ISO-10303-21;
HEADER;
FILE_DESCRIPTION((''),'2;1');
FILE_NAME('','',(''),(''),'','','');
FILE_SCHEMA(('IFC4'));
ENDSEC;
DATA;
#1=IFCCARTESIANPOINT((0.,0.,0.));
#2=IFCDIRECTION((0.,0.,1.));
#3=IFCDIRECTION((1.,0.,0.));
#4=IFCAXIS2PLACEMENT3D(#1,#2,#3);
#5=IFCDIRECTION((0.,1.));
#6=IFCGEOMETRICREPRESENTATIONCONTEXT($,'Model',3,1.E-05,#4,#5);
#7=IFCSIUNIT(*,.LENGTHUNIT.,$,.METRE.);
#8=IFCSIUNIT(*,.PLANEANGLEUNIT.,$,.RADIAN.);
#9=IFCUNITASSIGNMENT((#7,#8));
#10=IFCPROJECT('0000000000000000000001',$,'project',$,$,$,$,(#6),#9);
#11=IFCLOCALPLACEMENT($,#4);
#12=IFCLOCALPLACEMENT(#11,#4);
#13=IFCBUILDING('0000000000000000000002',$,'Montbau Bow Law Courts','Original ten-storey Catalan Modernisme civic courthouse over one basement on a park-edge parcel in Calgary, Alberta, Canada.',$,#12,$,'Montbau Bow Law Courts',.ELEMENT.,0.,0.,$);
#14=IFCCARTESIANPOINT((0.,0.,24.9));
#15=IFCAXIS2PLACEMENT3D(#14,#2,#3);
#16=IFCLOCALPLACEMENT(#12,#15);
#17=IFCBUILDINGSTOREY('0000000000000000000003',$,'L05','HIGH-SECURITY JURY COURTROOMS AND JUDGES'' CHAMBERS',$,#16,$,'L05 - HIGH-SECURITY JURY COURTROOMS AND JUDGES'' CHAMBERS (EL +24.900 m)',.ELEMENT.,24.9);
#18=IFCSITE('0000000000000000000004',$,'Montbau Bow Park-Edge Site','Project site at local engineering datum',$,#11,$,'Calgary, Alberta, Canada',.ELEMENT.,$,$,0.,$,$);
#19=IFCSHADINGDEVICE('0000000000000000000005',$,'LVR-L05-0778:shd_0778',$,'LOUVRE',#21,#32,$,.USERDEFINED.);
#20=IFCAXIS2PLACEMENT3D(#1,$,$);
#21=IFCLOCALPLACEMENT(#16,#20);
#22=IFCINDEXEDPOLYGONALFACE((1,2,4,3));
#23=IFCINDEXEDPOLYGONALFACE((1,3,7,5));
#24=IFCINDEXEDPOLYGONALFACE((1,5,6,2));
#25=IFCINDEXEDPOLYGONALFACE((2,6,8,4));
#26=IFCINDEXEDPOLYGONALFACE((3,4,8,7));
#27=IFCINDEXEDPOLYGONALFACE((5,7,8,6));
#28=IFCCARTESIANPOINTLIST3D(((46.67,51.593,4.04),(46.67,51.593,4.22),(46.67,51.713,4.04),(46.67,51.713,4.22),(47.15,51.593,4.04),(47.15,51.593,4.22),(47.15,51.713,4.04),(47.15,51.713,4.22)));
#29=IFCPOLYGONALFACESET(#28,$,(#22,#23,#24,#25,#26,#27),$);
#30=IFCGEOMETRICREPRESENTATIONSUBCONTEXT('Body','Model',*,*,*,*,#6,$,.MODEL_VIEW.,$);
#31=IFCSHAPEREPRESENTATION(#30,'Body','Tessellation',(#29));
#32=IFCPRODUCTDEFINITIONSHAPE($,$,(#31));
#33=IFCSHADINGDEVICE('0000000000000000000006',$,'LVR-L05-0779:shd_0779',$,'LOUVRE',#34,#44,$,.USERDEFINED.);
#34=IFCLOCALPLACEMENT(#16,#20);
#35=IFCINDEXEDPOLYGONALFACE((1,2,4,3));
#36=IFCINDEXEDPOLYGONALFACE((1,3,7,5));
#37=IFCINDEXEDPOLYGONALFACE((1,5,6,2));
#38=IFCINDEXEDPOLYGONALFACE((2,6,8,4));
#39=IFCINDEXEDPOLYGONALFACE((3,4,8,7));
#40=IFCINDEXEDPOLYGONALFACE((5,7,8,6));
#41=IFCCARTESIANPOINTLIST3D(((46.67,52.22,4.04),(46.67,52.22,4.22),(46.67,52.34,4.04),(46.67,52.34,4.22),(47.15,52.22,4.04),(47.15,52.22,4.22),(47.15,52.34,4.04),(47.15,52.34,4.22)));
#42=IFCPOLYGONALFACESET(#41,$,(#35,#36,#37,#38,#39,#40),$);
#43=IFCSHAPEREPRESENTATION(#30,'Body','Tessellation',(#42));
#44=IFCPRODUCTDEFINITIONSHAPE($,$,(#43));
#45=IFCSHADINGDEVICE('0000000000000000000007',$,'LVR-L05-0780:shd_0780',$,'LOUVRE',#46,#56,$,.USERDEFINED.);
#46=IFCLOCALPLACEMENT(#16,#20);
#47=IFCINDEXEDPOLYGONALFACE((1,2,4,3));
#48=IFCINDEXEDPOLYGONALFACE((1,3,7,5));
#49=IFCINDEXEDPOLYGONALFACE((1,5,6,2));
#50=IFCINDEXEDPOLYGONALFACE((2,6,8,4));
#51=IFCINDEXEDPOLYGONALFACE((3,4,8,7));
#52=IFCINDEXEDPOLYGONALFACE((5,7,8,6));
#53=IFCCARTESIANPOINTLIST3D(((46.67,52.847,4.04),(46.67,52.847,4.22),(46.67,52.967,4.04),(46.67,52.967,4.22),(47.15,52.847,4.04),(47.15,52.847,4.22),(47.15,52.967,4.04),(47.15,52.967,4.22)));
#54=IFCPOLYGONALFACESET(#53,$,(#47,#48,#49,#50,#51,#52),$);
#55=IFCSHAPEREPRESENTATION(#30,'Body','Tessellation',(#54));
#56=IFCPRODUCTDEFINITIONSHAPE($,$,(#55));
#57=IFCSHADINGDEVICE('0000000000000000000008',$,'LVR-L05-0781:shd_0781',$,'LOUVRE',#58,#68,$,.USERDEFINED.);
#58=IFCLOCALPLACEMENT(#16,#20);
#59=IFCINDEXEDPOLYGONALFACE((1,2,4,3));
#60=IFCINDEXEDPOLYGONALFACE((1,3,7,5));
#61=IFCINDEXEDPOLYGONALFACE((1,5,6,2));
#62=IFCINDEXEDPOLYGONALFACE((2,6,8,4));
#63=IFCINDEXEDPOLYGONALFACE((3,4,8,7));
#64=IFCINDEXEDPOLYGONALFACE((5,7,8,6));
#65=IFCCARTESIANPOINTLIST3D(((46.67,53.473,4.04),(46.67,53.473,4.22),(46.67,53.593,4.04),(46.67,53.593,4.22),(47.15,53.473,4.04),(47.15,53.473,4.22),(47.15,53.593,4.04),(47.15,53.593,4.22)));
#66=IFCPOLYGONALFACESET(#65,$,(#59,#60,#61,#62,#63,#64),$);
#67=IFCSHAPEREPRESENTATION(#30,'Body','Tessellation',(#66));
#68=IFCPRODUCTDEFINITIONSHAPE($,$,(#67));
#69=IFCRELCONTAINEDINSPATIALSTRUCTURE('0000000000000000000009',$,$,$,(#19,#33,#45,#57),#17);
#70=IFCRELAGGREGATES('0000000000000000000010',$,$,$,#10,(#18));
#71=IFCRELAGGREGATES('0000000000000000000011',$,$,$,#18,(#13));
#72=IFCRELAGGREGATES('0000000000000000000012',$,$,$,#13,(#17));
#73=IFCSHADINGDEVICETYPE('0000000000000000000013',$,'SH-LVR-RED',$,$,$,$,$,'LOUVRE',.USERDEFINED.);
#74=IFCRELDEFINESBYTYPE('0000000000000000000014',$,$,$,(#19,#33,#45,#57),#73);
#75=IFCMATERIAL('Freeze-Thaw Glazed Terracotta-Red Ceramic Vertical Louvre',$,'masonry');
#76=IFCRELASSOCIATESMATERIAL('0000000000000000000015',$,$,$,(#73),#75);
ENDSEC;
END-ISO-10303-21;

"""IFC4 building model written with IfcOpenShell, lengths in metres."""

from ifc_helpers import new_model, si_unit, direction, frame, origin_with_axes, origin_2d_with_axis, place, context, subcontext, project, spatial, rectangle, extrude, material, type_object, element, save


model = new_model("IFC4")

# Units and contexts
model_context = context("Model", 3, precision=1e-05, world=origin_with_axes(), true_north=direction((0.0, 1.0)))
body_context = subcontext(model_context, "Body", "Model", "MODEL_VIEW")
ifc_project = project(units=[si_unit("LENGTHUNIT", "METRE"), si_unit("PLANEANGLEUNIT", "RADIAN")], contexts=[model_context])

# Site, building, storey
site_placement = place(None, origin_with_axes())
site = spatial("IfcSite", under=ifc_project, at=site_placement, Name="Montbau Bow Park-Edge Site", Description="Project site at local engineering datum", LongName="Calgary, Alberta, Canada", CompositionType="ELEMENT", RefElevation=0.0)
building_placement = place(site_placement, origin_with_axes())
building = spatial("IfcBuilding", under=site, at=building_placement, Name="Montbau Bow Law Courts", Description="Original ten-storey Catalan Modernisme civic courthouse over one basement on a park-edge parcel in Calgary, Alberta, Canada.", LongName="Montbau Bow Law Courts", CompositionType="ELEMENT", ElevationOfRefHeight=0.0, ElevationOfTerrain=0.0)
storey_placement = place(building_placement, frame((0.0, 0.0, 24.9), z_axis=(0.0, 0.0, 1.0), x_axis=(1.0, 0.0, 0.0)))
storey = spatial("IfcBuildingStorey", under=building, at=storey_placement, Name="L05", Description="HIGH-SECURITY JURY COURTROOMS AND JUDGES' CHAMBERS", LongName="L05 - HIGH-SECURITY JURY COURTROOMS AND JUDGES' CHAMBERS (EL +24.900 m)", CompositionType="ELEMENT", Elevation=24.9)

# Shading devices
ifc_material_1 = material(Name="Freeze-Thaw Glazed Terracotta-Red Ceramic Vertical Louvre", Category="masonry")
shading_device_type = type_object("IfcShadingDeviceType", Name="SH-LVR-RED", ElementType="LOUVRE", PredefinedType="USERDEFINED", material=ifc_material_1)
for number, where, z_axis, x_axis, name in (
    (1, (46.91, 51.653, 28.94), (0.0, 0.0, 1.0), (1.0, 0.0, 0.0), "LVR-L05-0778:shd_0778"),
    (2, (46.91, 52.28, 28.94), (0.0, 0.0, 1.0), (1.0, 0.0, 0.0), "LVR-L05-0779:shd_0779"),
    (3, (46.91, 52.907, 28.94), (0.0, 0.0, 1.0), (1.0, 0.0, 0.0), "LVR-L05-0780:shd_0780"),
    (4, (46.91, 53.533, 28.94), (0.0, 0.0, 1.0), (1.0, 0.0, 0.0), "LVR-L05-0781:shd_0781"),
):
    element("IfcShadingDevice", number, at=place(None, frame(where, z_axis=z_axis, x_axis=x_axis)), inside=storey, type_object=shading_device_type, Name=name, ObjectType="LOUVRE", PredefinedType="USERDEFINED", context=body_context, shape_type="SweptSolid", body=[
        extrude(rectangle(XDim=0.48, YDim=0.12, at=origin_2d_with_axis()), origin_with_axes(), (0.0, 0.0, 1.0), 0.18),
    ])

save(model, "model.ifc")
